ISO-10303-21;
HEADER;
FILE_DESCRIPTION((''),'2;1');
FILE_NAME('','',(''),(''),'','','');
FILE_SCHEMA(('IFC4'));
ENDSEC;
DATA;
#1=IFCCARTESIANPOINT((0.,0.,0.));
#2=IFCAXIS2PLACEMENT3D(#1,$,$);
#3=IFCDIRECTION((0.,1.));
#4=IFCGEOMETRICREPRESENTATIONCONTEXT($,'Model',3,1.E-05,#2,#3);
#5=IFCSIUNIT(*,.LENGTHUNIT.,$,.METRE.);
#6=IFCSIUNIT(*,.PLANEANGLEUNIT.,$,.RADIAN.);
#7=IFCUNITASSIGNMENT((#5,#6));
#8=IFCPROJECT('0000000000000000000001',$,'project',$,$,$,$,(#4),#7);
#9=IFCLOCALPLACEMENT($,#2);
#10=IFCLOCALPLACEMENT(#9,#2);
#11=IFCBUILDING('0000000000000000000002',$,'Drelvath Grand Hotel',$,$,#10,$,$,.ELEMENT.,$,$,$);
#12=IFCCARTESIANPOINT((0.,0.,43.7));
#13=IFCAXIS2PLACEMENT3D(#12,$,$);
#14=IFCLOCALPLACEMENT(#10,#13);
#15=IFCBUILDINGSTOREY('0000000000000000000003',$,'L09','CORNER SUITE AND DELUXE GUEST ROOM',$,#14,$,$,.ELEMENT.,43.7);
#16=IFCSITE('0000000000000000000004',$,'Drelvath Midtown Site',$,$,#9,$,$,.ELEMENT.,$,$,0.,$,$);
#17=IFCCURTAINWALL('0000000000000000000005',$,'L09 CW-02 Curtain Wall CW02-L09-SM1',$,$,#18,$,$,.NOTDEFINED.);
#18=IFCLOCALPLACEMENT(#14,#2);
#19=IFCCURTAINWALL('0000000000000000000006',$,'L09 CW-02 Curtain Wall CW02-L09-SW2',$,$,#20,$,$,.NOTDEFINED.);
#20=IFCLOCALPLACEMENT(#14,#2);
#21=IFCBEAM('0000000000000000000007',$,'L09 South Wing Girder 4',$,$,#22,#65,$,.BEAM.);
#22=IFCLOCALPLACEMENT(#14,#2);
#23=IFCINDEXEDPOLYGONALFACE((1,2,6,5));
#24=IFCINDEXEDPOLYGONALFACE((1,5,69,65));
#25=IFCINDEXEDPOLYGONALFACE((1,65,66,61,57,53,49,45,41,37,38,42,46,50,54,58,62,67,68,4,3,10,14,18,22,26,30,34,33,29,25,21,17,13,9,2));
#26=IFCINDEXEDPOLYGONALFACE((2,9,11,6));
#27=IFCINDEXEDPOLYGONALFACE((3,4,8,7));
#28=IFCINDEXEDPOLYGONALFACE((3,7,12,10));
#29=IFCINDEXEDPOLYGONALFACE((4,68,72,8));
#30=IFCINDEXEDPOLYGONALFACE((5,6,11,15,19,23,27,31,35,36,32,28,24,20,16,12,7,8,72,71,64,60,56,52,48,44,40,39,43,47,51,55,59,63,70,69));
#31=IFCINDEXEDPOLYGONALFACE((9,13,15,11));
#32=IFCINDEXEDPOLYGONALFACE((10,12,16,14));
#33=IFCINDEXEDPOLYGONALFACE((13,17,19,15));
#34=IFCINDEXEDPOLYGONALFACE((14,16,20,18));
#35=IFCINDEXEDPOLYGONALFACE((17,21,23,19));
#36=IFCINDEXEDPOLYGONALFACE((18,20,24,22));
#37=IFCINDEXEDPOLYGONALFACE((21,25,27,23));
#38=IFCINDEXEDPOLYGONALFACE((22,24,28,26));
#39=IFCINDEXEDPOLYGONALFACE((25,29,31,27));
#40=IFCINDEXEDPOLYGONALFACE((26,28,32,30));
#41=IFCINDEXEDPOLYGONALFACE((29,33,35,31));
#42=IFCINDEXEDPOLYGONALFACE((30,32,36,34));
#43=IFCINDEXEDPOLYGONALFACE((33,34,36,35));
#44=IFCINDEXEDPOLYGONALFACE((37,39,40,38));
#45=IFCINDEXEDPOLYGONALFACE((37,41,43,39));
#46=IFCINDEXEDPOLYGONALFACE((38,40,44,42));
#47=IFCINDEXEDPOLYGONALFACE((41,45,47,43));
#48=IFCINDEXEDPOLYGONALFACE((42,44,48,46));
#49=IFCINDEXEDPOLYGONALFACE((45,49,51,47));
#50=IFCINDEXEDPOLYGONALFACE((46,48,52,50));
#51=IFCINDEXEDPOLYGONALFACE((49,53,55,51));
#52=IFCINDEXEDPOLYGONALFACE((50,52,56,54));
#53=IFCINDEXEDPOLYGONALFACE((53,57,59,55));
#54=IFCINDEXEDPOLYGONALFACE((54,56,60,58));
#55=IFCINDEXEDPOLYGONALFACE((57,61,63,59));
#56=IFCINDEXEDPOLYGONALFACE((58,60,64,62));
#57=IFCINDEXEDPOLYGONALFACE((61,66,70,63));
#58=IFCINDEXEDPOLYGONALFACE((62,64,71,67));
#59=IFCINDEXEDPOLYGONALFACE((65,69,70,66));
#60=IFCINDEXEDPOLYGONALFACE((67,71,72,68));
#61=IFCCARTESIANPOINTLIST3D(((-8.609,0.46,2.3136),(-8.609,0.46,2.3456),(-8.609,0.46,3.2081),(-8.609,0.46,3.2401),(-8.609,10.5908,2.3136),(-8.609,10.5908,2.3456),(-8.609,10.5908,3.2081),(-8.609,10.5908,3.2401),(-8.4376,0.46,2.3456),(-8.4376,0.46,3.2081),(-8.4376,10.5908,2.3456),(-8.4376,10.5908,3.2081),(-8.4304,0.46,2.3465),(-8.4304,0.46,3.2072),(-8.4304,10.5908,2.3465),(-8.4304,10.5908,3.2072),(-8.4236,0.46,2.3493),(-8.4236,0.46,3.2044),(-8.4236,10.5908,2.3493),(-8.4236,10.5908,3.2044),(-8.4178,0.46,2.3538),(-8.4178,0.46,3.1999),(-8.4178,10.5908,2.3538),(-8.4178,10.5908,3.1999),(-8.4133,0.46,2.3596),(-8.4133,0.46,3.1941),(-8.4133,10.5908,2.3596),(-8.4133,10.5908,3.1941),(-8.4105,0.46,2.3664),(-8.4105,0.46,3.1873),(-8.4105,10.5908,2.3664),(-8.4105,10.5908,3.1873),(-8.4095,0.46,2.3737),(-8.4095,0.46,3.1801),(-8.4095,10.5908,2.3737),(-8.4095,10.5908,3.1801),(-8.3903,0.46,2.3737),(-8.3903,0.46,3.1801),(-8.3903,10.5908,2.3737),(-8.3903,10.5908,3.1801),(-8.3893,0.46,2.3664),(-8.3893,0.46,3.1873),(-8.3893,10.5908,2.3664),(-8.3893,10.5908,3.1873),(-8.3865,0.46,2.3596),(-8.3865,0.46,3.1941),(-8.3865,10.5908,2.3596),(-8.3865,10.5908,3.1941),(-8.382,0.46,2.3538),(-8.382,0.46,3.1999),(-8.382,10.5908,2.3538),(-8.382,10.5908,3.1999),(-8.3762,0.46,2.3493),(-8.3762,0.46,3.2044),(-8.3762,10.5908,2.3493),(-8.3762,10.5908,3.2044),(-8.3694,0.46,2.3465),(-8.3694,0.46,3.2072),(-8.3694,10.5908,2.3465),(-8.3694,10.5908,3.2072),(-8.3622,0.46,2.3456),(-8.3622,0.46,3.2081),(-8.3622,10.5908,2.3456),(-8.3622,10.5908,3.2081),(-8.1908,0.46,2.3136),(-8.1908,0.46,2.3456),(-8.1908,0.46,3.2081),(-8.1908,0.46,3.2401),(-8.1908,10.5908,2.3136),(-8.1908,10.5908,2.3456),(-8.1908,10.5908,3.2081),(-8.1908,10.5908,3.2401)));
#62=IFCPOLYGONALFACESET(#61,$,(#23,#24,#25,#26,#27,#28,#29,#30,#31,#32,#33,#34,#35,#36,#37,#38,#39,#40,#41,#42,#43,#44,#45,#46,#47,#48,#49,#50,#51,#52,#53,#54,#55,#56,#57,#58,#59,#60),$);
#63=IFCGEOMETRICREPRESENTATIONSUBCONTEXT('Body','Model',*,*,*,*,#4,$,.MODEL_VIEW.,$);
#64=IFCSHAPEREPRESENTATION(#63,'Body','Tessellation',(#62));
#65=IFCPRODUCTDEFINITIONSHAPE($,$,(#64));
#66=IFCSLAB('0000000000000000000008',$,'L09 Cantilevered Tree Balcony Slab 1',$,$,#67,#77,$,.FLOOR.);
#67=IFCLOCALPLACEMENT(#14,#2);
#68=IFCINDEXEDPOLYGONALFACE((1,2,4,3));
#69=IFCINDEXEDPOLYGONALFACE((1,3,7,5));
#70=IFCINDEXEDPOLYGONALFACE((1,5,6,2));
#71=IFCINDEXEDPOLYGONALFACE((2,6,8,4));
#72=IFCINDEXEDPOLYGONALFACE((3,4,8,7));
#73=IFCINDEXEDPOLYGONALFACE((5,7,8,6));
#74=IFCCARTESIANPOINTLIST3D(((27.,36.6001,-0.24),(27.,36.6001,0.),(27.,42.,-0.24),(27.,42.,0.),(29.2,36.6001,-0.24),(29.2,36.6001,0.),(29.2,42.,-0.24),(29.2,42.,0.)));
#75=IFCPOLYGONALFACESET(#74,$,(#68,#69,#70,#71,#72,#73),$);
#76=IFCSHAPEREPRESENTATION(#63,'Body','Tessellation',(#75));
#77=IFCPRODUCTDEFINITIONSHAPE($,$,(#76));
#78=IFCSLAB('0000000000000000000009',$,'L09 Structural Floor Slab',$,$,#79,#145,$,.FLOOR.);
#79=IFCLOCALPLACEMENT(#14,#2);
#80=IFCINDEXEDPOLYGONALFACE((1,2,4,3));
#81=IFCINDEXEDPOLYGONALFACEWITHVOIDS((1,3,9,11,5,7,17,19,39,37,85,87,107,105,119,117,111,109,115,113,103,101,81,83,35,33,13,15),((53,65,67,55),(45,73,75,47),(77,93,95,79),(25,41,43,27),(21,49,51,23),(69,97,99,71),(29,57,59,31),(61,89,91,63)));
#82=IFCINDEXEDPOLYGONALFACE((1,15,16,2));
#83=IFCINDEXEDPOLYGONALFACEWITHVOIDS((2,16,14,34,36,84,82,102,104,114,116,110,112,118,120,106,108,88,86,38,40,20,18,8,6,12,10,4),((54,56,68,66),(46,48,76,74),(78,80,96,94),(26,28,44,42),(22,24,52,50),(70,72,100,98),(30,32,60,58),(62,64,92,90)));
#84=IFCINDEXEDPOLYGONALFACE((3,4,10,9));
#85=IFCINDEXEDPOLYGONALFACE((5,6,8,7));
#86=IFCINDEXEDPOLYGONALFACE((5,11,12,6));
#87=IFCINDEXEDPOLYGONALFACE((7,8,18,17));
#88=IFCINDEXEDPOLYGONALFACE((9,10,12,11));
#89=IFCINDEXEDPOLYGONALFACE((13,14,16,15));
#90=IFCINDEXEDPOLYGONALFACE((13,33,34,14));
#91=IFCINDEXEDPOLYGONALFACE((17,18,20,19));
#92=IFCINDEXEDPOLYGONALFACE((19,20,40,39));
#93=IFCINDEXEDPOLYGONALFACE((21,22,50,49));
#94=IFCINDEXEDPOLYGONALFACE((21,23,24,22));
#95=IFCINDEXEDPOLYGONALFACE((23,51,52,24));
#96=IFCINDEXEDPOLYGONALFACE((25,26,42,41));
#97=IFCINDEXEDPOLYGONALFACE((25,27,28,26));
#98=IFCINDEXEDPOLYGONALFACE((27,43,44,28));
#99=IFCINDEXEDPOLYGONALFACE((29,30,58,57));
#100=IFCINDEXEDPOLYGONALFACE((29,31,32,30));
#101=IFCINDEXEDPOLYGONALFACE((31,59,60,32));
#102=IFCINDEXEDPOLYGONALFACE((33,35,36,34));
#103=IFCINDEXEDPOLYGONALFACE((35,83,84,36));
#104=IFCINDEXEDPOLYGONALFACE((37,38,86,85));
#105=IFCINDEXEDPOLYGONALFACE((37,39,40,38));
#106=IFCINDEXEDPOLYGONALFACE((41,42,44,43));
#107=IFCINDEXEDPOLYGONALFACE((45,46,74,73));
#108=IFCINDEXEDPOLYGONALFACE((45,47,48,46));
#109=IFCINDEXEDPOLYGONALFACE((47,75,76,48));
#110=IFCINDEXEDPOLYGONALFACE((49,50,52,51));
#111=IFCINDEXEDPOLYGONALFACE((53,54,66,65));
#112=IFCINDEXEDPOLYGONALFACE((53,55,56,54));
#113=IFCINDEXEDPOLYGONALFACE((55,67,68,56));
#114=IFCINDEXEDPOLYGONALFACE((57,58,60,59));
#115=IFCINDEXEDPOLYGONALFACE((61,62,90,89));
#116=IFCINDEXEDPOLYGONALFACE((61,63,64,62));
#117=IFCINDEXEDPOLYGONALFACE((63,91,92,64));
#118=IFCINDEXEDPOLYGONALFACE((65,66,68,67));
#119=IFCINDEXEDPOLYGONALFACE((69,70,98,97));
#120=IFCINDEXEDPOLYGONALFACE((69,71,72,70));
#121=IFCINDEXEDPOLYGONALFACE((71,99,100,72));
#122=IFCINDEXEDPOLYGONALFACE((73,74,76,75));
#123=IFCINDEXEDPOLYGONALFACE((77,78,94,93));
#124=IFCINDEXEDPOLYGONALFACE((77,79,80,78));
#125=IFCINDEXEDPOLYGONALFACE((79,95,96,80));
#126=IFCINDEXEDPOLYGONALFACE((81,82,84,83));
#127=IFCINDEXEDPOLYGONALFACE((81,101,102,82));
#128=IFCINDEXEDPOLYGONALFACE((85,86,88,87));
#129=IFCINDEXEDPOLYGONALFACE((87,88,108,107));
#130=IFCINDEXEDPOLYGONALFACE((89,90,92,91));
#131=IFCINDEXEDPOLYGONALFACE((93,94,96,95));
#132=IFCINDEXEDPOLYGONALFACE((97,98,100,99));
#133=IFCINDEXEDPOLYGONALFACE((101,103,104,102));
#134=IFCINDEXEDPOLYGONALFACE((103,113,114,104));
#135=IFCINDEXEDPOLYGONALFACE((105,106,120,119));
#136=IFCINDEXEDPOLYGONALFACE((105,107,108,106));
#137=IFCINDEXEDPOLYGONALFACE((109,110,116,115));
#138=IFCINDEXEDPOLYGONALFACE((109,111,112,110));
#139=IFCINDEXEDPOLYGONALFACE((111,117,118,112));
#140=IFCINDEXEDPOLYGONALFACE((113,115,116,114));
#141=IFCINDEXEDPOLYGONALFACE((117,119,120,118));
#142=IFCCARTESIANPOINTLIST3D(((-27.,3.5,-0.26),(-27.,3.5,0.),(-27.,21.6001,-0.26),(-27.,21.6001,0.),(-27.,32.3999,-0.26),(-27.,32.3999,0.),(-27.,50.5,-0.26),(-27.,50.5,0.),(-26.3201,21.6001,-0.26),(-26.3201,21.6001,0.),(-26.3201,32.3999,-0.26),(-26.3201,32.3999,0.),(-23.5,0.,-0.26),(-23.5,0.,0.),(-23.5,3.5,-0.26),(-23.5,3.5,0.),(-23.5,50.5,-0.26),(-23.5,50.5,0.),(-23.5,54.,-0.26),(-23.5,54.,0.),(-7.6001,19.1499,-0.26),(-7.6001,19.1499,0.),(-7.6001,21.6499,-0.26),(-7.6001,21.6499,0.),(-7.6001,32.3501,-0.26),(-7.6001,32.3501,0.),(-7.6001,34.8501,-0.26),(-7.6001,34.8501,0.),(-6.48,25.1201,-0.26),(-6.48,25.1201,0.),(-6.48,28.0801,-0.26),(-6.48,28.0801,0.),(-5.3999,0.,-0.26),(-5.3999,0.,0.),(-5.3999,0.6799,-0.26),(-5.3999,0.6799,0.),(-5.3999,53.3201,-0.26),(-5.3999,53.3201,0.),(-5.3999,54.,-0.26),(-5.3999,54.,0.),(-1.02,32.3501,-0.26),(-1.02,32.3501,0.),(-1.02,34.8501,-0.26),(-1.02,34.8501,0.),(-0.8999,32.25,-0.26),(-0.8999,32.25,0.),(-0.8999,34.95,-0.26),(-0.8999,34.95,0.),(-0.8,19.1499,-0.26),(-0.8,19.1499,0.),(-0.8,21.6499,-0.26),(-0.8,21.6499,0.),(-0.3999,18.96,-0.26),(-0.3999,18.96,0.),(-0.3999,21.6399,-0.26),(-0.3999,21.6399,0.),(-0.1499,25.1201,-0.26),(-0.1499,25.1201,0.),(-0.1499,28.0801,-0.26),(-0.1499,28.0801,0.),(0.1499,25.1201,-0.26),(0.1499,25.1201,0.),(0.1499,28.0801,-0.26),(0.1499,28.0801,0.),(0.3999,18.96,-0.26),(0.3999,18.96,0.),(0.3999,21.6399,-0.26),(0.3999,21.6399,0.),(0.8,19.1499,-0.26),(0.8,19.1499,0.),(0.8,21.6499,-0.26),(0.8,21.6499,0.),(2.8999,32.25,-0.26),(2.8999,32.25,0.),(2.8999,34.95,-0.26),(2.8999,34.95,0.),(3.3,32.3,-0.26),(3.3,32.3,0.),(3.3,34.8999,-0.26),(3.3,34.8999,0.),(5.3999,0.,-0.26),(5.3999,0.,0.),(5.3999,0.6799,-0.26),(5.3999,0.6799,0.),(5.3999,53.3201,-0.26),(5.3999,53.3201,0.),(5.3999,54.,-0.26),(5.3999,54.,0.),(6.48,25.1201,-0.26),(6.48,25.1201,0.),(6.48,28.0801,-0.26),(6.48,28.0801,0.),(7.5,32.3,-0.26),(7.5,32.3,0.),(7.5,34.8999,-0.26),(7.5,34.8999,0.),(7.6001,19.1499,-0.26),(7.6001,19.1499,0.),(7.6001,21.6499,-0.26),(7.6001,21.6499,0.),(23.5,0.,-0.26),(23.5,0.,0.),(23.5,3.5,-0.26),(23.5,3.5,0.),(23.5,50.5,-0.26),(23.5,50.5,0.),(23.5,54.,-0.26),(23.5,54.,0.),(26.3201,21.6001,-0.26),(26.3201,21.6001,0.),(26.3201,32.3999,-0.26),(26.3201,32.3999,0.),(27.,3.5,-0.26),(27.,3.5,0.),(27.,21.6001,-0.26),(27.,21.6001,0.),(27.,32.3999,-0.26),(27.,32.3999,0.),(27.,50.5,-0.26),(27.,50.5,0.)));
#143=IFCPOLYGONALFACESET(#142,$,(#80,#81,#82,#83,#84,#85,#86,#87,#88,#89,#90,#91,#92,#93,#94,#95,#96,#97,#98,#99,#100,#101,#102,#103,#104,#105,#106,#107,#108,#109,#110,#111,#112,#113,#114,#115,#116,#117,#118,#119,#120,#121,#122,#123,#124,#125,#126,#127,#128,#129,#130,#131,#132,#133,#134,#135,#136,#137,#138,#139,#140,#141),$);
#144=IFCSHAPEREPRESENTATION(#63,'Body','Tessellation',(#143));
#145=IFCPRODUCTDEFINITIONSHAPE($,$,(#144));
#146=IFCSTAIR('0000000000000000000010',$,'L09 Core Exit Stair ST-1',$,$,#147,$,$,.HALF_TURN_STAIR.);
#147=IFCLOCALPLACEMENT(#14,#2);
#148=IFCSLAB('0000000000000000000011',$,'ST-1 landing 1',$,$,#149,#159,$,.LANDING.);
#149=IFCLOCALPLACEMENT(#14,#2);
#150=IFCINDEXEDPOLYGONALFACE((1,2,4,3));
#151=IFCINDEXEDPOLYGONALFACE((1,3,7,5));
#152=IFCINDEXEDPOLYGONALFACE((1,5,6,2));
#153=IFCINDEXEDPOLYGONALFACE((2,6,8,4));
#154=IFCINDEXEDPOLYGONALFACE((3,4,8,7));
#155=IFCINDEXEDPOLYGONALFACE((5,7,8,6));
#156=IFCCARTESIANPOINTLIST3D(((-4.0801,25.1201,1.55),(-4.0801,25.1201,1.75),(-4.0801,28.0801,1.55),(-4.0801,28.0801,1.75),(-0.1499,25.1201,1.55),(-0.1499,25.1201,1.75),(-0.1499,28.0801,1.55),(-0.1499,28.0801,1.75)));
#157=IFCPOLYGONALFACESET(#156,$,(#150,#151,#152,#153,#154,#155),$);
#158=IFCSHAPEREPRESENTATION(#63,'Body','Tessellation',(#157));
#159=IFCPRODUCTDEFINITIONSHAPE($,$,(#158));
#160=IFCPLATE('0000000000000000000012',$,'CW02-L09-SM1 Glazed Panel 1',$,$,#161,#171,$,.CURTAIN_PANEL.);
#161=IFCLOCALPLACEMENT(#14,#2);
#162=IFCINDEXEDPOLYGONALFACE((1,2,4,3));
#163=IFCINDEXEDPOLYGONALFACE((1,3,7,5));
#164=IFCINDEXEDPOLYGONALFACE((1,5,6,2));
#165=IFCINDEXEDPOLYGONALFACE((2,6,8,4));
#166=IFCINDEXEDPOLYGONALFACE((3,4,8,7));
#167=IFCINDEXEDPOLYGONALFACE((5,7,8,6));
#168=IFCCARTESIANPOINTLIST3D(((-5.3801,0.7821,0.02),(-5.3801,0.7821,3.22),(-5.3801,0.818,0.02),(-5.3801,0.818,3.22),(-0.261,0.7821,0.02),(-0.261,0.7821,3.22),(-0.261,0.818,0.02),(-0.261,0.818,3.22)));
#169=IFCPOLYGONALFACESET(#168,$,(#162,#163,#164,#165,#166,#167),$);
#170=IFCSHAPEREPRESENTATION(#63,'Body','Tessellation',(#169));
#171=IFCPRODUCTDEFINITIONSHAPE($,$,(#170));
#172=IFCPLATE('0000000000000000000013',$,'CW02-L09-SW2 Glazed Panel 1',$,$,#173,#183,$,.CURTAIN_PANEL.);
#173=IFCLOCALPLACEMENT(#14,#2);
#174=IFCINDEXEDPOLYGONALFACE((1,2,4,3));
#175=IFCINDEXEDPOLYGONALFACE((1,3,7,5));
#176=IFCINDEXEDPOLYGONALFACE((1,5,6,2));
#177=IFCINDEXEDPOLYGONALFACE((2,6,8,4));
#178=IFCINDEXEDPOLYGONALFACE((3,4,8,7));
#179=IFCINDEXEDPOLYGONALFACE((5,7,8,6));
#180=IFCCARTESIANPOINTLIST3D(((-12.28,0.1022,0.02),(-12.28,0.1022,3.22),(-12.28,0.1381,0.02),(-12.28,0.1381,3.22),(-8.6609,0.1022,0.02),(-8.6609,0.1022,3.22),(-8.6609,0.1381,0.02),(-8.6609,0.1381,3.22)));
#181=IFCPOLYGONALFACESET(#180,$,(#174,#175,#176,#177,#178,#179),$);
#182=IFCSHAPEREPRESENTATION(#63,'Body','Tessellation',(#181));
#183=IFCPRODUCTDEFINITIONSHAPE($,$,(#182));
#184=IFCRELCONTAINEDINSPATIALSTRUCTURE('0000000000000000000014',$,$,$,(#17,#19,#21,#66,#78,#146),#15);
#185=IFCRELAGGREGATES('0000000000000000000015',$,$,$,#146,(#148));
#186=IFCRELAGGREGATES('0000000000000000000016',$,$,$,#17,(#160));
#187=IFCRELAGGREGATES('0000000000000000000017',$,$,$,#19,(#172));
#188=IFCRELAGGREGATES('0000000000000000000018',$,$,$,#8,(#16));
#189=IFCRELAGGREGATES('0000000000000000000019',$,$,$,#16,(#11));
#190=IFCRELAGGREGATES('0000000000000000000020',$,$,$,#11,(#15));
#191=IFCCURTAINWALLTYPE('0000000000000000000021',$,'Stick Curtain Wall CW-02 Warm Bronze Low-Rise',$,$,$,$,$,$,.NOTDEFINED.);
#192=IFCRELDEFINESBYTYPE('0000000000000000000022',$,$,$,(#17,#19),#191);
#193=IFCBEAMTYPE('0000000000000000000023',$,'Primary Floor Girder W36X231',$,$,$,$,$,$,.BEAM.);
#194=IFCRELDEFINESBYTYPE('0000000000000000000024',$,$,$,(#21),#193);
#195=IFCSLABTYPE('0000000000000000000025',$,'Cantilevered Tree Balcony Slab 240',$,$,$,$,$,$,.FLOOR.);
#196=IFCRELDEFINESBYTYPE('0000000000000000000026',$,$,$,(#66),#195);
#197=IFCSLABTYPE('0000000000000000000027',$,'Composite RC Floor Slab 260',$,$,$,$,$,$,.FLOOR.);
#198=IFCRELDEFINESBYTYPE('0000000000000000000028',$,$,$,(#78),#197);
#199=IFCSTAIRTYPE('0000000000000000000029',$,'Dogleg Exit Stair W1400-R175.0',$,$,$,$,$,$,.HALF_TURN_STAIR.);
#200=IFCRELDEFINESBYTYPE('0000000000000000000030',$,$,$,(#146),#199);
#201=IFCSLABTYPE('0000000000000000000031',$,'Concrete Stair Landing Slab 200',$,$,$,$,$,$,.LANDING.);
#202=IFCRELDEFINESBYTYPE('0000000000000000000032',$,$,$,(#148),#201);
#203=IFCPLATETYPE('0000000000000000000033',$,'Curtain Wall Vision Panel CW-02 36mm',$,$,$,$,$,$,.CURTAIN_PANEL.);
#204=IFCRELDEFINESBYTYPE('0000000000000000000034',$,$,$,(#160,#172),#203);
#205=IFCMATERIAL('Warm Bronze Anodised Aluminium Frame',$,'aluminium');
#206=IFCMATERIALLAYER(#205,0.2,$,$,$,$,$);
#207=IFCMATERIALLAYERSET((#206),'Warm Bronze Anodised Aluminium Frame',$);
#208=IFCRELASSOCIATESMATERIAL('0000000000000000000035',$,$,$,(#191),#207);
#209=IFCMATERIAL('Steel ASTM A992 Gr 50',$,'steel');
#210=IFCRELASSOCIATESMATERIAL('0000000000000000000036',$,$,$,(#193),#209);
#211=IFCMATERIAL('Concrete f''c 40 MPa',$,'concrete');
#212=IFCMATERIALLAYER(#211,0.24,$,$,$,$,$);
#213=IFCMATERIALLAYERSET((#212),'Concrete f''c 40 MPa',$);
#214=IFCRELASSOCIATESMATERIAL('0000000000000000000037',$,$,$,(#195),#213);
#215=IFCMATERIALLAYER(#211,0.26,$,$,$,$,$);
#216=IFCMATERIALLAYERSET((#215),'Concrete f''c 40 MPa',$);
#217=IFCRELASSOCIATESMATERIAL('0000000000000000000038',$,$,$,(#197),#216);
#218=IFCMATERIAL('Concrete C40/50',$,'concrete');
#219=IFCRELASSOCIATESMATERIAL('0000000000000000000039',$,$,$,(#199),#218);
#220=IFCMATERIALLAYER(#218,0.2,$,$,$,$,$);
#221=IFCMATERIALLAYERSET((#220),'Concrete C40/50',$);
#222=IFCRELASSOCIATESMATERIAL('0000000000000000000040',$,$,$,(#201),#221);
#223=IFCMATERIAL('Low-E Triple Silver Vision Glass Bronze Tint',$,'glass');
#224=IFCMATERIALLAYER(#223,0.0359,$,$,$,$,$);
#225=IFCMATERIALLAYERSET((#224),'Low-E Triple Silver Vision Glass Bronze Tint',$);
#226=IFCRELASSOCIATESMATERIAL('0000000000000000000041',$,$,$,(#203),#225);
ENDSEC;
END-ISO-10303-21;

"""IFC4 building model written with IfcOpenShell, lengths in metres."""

from ifc_helpers import new_model, si_unit, direction, frame, origin, origin_2d, place, context, subcontext, project, spatial, polyline, rectangle, i_section, outline, extrude, material, layer, layer_set, material_profile, profile_set, type_object, element, aggregate, save


model = new_model("IFC4")

# Units and contexts
model_context = context("Model", 3, precision=1e-05, world=origin(), true_north=direction((0.0, 1.0)))
body_context = subcontext(model_context, "Body", "Model", "MODEL_VIEW")
ifc_project = project(units=[si_unit("LENGTHUNIT", "METRE"), si_unit("PLANEANGLEUNIT", "RADIAN")], contexts=[model_context])

# Site, building, storey
site_placement = place(None, origin())
site = spatial("IfcSite", under=ifc_project, at=site_placement, Name="Drelvath Midtown Site", CompositionType="ELEMENT", RefElevation=0.0)
building_placement = place(site_placement, origin())
building = spatial("IfcBuilding", under=site, at=building_placement, Name="Drelvath Grand Hotel", CompositionType="ELEMENT")
storey_placement = place(building_placement, frame((0.0, 0.0, 43.7)))
storey = spatial("IfcBuildingStorey", under=building, at=storey_placement, Name="L09", Description="CORNER SUITE AND DELUXE GUEST ROOM", CompositionType="ELEMENT", Elevation=43.7)

# Curtain walls
ifc_material_1 = material(Name="Warm Bronze Anodised Aluminium Frame", Category="aluminium")
ifc_layer_1 = layer(ifc_material_1, 0.2)
ifc_layer_set_1 = layer_set([ifc_layer_1], Name="Warm Bronze Anodised Aluminium Frame")
curtain_wall_type = type_object("IfcCurtainWallType", Name="Stick Curtain Wall CW-02 Warm Bronze Low-Rise", PredefinedType="NOTDEFINED", material=ifc_layer_set_1)
curtain_wall_1_placement = place(storey_placement, origin())
curtain_wall_1 = element("IfcCurtainWall", 1, at=curtain_wall_1_placement, inside=storey, type_object=curtain_wall_type, Name="L09 CW-02 Curtain Wall CW02-L09-SM1", PredefinedType="NOTDEFINED")
curtain_wall_2_placement = place(storey_placement, origin())
curtain_wall_2 = element("IfcCurtainWall", 2, at=curtain_wall_2_placement, inside=storey, type_object=curtain_wall_type, Name="L09 CW-02 Curtain Wall CW02-L09-SW2", PredefinedType="NOTDEFINED")

# Beam
ifc_material_2 = material(Name="Steel ASTM A992 Gr 50", Category="steel")
ifc_material_profile_1 = material_profile(ifc_material_2, i_section(OverallWidth=0.4182, OverallDepth=0.9265, WebThickness=0.0193, FlangeThickness=0.032, FilletRadius=0.0281, at=origin_2d()), Name="W36X231")
ifc_profile_set_1 = profile_set([ifc_material_profile_1], Name="Steel ASTM A992 Gr 50")
beam_type_1 = type_object("IfcBeamType", Name="Primary Floor Girder W36X231", PredefinedType="BEAM", material=ifc_profile_set_1)
beam_1_placement = place(storey_placement, frame((-8.3999, 0.46, 2.7769), z_axis=(0.0, 1.0, 0.0), x_axis=(-1.0, 0.0, 0.0)))
element("IfcBeam", 3, at=beam_1_placement, inside=storey, type_object=beam_type_1, Name="L09 South Wing Girder 4", PredefinedType="BEAM", context=body_context, shape_type="SweptSolid", body=[
    extrude(i_section(OverallWidth=0.4182, OverallDepth=0.9265, WebThickness=0.0193, FlangeThickness=0.032, FilletRadius=0.0281, at=origin_2d()), origin(), (0.0, 0.0, 1.0), 10.1309),
])

# Slabs
ifc_material_3 = material(Name="Concrete f'c 40 MPa", Category="concrete")
ifc_layer_2 = layer(ifc_material_3, 0.24)
ifc_layer_set_2 = layer_set([ifc_layer_2], Name="Concrete f'c 40 MPa")
slab_type_1 = type_object("IfcSlabType", Name="Cantilevered Tree Balcony Slab 240", PredefinedType="FLOOR", material=ifc_layer_set_2)
slab_1_placement = place(storey_placement, frame((0.0, 0.0, -0.24)))
element("IfcSlab", 4, at=slab_1_placement, inside=storey, type_object=slab_type_1, Name="L09 Cantilevered Tree Balcony Slab 1", PredefinedType="FLOOR", context=body_context, shape_type="SweptSolid", body=[
    extrude(outline(polyline([(27.0, 36.6001), (29.2, 36.6001), (29.2, 42.0), (27.0, 42.0), (27.0, 36.6001)])), origin(), (0.0, 0.0, 1.0), 0.24),
])
ifc_layer_3 = layer(ifc_material_3, 0.26)
ifc_layer_set_3 = layer_set([ifc_layer_3], Name="Concrete f'c 40 MPa")
slab_type_2 = type_object("IfcSlabType", Name="Composite RC Floor Slab 260", PredefinedType="FLOOR", material=ifc_layer_set_3)
slab_2_placement = place(storey_placement, frame((0.0, 0.0, -0.26)))
element("IfcSlab", 5, at=slab_2_placement, inside=storey, type_object=slab_type_2, Name="L09 Structural Floor Slab", PredefinedType="FLOOR", context=body_context, shape_type="SweptSolid", body=[
    extrude(outline(polyline([(-23.5, 0.0), (-5.3999, 0.0), (-5.3999, 0.6799), (5.3999, 0.6799), (5.3999, 0.0), (23.5, 0.0), (23.5, 3.5), (27.0, 3.5), (27.0, 21.6001), (26.3201, 21.6001), (26.3201, 32.3999), (27.0, 32.3999), (27.0, 50.5), (23.5, 50.5), (23.5, 54.0), (5.3999, 54.0), (5.3999, 53.3201), (-5.3999, 53.3201), (-5.3999, 54.0), (-23.5, 54.0), (-23.5, 50.5), (-27.0, 50.5), (-27.0, 32.3999), (-26.3201, 32.3999), (-26.3201, 21.6001), (-27.0, 21.6001), (-27.0, 3.5), (-23.5, 3.5), (-23.5, 0.0)]), holes=[polyline([(-6.48, 25.1201), (-6.48, 28.0801), (-0.1499, 28.0801), (-0.1499, 25.1201), (-6.48, 25.1201)]), polyline([(0.1499, 25.1201), (0.1499, 28.0801), (6.48, 28.0801), (6.48, 25.1201), (0.1499, 25.1201)]), polyline([(-7.6001, 19.1499), (-7.6001, 21.6499), (-0.8, 21.6499), (-0.8, 19.1499), (-7.6001, 19.1499)]), polyline([(-0.3999, 18.96), (-0.3999, 21.6399), (0.3999, 21.6399), (0.3999, 18.96), (-0.3999, 18.96)]), polyline([(0.8, 19.1499), (0.8, 21.6499), (7.6001, 21.6499), (7.6001, 19.1499), (0.8, 19.1499)]), polyline([(-7.6001, 32.3501), (-7.6001, 34.8501), (-1.02, 34.8501), (-1.02, 32.3501), (-7.6001, 32.3501)]), polyline([(-0.8999, 32.25), (-0.8999, 34.95), (2.8999, 34.95), (2.8999, 32.25), (-0.8999, 32.25)]), polyline([(3.3, 32.3), (3.3, 34.8999), (7.5, 34.8999), (7.5, 32.3), (3.3, 32.3)])]), origin(), (0.0, 0.0, 1.0), 0.26),
])

# Stair, slab
ifc_material_4 = material(Name="Concrete C40/50", Category="concrete")
stair_type = type_object("IfcStairType", Name="Dogleg Exit Stair W1400-R175.0", PredefinedType="HALF_TURN_STAIR", material=ifc_material_4)
stair_placement = place(storey_placement, origin())
stair = element("IfcStair", 6, at=stair_placement, inside=storey, type_object=stair_type, Name="L09 Core Exit Stair ST-1", PredefinedType="HALF_TURN_STAIR")
ifc_layer_4 = layer(ifc_material_4, 0.2)
ifc_layer_set_4 = layer_set([ifc_layer_4], Name="Concrete C40/50")
slab_type_3 = type_object("IfcSlabType", Name="Concrete Stair Landing Slab 200", PredefinedType="LANDING", material=ifc_layer_set_4)
slab_3_placement = place(storey_placement, frame((0.0, 0.0, 1.55)))
slab_3 = element("IfcSlab", 7, at=slab_3_placement, type_object=slab_type_3, Name="ST-1 landing 1", PredefinedType="LANDING", context=body_context, shape_type="SweptSolid", body=[
    extrude(outline(polyline([(-4.0801, 25.1201), (-0.1499, 25.1201), (-0.1499, 28.0801), (-4.0801, 28.0801), (-4.0801, 25.1201)])), origin(), (0.0, 0.0, 1.0), 0.2),
])
aggregate(stair, [slab_3])

# Plates
ifc_material_5 = material(Name="Low-E Triple Silver Vision Glass Bronze Tint", Category="glass")
ifc_layer_5 = layer(ifc_material_5, 0.0359)
ifc_layer_set_5 = layer_set([ifc_layer_5], Name="Low-E Triple Silver Vision Glass Bronze Tint")
plate_type = type_object("IfcPlateType", Name="Curtain Wall Vision Panel CW-02 36mm", PredefinedType="CURTAIN_PANEL", material=ifc_layer_set_5)
plate_1_placement = place(storey_placement, frame((-2.8206, 0.8, 0.02), z_axis=(0.0, 0.0, 1.0), x_axis=(-1.0, 0.0, 0.0)))
plate_1 = element("IfcPlate", 8, at=plate_1_placement, type_object=plate_type, Name="CW02-L09-SM1 Glazed Panel 1", PredefinedType="CURTAIN_PANEL", context=body_context, shape_type="SweptSolid", body=[
    extrude(rectangle(XDim=5.1191, YDim=0.0359, at=origin_2d()), origin(), (0.0, 0.0, 1.0), 3.2),
])
aggregate(curtain_wall_1, [plate_1])
plate_2_placement = place(storey_placement, frame((-10.4705, 0.1201, 0.02), z_axis=(0.0, 0.0, 1.0), x_axis=(-1.0, 0.0, 0.0)))
plate_2 = element("IfcPlate", 9, at=plate_2_placement, type_object=plate_type, Name="CW02-L09-SW2 Glazed Panel 1", PredefinedType="CURTAIN_PANEL", context=body_context, shape_type="SweptSolid", body=[
    extrude(rectangle(XDim=3.6191, YDim=0.0359, at=origin_2d()), origin(), (0.0, 0.0, 1.0), 3.2),
])
aggregate(curtain_wall_2, [plate_2])

save(model, "model.ifc")
